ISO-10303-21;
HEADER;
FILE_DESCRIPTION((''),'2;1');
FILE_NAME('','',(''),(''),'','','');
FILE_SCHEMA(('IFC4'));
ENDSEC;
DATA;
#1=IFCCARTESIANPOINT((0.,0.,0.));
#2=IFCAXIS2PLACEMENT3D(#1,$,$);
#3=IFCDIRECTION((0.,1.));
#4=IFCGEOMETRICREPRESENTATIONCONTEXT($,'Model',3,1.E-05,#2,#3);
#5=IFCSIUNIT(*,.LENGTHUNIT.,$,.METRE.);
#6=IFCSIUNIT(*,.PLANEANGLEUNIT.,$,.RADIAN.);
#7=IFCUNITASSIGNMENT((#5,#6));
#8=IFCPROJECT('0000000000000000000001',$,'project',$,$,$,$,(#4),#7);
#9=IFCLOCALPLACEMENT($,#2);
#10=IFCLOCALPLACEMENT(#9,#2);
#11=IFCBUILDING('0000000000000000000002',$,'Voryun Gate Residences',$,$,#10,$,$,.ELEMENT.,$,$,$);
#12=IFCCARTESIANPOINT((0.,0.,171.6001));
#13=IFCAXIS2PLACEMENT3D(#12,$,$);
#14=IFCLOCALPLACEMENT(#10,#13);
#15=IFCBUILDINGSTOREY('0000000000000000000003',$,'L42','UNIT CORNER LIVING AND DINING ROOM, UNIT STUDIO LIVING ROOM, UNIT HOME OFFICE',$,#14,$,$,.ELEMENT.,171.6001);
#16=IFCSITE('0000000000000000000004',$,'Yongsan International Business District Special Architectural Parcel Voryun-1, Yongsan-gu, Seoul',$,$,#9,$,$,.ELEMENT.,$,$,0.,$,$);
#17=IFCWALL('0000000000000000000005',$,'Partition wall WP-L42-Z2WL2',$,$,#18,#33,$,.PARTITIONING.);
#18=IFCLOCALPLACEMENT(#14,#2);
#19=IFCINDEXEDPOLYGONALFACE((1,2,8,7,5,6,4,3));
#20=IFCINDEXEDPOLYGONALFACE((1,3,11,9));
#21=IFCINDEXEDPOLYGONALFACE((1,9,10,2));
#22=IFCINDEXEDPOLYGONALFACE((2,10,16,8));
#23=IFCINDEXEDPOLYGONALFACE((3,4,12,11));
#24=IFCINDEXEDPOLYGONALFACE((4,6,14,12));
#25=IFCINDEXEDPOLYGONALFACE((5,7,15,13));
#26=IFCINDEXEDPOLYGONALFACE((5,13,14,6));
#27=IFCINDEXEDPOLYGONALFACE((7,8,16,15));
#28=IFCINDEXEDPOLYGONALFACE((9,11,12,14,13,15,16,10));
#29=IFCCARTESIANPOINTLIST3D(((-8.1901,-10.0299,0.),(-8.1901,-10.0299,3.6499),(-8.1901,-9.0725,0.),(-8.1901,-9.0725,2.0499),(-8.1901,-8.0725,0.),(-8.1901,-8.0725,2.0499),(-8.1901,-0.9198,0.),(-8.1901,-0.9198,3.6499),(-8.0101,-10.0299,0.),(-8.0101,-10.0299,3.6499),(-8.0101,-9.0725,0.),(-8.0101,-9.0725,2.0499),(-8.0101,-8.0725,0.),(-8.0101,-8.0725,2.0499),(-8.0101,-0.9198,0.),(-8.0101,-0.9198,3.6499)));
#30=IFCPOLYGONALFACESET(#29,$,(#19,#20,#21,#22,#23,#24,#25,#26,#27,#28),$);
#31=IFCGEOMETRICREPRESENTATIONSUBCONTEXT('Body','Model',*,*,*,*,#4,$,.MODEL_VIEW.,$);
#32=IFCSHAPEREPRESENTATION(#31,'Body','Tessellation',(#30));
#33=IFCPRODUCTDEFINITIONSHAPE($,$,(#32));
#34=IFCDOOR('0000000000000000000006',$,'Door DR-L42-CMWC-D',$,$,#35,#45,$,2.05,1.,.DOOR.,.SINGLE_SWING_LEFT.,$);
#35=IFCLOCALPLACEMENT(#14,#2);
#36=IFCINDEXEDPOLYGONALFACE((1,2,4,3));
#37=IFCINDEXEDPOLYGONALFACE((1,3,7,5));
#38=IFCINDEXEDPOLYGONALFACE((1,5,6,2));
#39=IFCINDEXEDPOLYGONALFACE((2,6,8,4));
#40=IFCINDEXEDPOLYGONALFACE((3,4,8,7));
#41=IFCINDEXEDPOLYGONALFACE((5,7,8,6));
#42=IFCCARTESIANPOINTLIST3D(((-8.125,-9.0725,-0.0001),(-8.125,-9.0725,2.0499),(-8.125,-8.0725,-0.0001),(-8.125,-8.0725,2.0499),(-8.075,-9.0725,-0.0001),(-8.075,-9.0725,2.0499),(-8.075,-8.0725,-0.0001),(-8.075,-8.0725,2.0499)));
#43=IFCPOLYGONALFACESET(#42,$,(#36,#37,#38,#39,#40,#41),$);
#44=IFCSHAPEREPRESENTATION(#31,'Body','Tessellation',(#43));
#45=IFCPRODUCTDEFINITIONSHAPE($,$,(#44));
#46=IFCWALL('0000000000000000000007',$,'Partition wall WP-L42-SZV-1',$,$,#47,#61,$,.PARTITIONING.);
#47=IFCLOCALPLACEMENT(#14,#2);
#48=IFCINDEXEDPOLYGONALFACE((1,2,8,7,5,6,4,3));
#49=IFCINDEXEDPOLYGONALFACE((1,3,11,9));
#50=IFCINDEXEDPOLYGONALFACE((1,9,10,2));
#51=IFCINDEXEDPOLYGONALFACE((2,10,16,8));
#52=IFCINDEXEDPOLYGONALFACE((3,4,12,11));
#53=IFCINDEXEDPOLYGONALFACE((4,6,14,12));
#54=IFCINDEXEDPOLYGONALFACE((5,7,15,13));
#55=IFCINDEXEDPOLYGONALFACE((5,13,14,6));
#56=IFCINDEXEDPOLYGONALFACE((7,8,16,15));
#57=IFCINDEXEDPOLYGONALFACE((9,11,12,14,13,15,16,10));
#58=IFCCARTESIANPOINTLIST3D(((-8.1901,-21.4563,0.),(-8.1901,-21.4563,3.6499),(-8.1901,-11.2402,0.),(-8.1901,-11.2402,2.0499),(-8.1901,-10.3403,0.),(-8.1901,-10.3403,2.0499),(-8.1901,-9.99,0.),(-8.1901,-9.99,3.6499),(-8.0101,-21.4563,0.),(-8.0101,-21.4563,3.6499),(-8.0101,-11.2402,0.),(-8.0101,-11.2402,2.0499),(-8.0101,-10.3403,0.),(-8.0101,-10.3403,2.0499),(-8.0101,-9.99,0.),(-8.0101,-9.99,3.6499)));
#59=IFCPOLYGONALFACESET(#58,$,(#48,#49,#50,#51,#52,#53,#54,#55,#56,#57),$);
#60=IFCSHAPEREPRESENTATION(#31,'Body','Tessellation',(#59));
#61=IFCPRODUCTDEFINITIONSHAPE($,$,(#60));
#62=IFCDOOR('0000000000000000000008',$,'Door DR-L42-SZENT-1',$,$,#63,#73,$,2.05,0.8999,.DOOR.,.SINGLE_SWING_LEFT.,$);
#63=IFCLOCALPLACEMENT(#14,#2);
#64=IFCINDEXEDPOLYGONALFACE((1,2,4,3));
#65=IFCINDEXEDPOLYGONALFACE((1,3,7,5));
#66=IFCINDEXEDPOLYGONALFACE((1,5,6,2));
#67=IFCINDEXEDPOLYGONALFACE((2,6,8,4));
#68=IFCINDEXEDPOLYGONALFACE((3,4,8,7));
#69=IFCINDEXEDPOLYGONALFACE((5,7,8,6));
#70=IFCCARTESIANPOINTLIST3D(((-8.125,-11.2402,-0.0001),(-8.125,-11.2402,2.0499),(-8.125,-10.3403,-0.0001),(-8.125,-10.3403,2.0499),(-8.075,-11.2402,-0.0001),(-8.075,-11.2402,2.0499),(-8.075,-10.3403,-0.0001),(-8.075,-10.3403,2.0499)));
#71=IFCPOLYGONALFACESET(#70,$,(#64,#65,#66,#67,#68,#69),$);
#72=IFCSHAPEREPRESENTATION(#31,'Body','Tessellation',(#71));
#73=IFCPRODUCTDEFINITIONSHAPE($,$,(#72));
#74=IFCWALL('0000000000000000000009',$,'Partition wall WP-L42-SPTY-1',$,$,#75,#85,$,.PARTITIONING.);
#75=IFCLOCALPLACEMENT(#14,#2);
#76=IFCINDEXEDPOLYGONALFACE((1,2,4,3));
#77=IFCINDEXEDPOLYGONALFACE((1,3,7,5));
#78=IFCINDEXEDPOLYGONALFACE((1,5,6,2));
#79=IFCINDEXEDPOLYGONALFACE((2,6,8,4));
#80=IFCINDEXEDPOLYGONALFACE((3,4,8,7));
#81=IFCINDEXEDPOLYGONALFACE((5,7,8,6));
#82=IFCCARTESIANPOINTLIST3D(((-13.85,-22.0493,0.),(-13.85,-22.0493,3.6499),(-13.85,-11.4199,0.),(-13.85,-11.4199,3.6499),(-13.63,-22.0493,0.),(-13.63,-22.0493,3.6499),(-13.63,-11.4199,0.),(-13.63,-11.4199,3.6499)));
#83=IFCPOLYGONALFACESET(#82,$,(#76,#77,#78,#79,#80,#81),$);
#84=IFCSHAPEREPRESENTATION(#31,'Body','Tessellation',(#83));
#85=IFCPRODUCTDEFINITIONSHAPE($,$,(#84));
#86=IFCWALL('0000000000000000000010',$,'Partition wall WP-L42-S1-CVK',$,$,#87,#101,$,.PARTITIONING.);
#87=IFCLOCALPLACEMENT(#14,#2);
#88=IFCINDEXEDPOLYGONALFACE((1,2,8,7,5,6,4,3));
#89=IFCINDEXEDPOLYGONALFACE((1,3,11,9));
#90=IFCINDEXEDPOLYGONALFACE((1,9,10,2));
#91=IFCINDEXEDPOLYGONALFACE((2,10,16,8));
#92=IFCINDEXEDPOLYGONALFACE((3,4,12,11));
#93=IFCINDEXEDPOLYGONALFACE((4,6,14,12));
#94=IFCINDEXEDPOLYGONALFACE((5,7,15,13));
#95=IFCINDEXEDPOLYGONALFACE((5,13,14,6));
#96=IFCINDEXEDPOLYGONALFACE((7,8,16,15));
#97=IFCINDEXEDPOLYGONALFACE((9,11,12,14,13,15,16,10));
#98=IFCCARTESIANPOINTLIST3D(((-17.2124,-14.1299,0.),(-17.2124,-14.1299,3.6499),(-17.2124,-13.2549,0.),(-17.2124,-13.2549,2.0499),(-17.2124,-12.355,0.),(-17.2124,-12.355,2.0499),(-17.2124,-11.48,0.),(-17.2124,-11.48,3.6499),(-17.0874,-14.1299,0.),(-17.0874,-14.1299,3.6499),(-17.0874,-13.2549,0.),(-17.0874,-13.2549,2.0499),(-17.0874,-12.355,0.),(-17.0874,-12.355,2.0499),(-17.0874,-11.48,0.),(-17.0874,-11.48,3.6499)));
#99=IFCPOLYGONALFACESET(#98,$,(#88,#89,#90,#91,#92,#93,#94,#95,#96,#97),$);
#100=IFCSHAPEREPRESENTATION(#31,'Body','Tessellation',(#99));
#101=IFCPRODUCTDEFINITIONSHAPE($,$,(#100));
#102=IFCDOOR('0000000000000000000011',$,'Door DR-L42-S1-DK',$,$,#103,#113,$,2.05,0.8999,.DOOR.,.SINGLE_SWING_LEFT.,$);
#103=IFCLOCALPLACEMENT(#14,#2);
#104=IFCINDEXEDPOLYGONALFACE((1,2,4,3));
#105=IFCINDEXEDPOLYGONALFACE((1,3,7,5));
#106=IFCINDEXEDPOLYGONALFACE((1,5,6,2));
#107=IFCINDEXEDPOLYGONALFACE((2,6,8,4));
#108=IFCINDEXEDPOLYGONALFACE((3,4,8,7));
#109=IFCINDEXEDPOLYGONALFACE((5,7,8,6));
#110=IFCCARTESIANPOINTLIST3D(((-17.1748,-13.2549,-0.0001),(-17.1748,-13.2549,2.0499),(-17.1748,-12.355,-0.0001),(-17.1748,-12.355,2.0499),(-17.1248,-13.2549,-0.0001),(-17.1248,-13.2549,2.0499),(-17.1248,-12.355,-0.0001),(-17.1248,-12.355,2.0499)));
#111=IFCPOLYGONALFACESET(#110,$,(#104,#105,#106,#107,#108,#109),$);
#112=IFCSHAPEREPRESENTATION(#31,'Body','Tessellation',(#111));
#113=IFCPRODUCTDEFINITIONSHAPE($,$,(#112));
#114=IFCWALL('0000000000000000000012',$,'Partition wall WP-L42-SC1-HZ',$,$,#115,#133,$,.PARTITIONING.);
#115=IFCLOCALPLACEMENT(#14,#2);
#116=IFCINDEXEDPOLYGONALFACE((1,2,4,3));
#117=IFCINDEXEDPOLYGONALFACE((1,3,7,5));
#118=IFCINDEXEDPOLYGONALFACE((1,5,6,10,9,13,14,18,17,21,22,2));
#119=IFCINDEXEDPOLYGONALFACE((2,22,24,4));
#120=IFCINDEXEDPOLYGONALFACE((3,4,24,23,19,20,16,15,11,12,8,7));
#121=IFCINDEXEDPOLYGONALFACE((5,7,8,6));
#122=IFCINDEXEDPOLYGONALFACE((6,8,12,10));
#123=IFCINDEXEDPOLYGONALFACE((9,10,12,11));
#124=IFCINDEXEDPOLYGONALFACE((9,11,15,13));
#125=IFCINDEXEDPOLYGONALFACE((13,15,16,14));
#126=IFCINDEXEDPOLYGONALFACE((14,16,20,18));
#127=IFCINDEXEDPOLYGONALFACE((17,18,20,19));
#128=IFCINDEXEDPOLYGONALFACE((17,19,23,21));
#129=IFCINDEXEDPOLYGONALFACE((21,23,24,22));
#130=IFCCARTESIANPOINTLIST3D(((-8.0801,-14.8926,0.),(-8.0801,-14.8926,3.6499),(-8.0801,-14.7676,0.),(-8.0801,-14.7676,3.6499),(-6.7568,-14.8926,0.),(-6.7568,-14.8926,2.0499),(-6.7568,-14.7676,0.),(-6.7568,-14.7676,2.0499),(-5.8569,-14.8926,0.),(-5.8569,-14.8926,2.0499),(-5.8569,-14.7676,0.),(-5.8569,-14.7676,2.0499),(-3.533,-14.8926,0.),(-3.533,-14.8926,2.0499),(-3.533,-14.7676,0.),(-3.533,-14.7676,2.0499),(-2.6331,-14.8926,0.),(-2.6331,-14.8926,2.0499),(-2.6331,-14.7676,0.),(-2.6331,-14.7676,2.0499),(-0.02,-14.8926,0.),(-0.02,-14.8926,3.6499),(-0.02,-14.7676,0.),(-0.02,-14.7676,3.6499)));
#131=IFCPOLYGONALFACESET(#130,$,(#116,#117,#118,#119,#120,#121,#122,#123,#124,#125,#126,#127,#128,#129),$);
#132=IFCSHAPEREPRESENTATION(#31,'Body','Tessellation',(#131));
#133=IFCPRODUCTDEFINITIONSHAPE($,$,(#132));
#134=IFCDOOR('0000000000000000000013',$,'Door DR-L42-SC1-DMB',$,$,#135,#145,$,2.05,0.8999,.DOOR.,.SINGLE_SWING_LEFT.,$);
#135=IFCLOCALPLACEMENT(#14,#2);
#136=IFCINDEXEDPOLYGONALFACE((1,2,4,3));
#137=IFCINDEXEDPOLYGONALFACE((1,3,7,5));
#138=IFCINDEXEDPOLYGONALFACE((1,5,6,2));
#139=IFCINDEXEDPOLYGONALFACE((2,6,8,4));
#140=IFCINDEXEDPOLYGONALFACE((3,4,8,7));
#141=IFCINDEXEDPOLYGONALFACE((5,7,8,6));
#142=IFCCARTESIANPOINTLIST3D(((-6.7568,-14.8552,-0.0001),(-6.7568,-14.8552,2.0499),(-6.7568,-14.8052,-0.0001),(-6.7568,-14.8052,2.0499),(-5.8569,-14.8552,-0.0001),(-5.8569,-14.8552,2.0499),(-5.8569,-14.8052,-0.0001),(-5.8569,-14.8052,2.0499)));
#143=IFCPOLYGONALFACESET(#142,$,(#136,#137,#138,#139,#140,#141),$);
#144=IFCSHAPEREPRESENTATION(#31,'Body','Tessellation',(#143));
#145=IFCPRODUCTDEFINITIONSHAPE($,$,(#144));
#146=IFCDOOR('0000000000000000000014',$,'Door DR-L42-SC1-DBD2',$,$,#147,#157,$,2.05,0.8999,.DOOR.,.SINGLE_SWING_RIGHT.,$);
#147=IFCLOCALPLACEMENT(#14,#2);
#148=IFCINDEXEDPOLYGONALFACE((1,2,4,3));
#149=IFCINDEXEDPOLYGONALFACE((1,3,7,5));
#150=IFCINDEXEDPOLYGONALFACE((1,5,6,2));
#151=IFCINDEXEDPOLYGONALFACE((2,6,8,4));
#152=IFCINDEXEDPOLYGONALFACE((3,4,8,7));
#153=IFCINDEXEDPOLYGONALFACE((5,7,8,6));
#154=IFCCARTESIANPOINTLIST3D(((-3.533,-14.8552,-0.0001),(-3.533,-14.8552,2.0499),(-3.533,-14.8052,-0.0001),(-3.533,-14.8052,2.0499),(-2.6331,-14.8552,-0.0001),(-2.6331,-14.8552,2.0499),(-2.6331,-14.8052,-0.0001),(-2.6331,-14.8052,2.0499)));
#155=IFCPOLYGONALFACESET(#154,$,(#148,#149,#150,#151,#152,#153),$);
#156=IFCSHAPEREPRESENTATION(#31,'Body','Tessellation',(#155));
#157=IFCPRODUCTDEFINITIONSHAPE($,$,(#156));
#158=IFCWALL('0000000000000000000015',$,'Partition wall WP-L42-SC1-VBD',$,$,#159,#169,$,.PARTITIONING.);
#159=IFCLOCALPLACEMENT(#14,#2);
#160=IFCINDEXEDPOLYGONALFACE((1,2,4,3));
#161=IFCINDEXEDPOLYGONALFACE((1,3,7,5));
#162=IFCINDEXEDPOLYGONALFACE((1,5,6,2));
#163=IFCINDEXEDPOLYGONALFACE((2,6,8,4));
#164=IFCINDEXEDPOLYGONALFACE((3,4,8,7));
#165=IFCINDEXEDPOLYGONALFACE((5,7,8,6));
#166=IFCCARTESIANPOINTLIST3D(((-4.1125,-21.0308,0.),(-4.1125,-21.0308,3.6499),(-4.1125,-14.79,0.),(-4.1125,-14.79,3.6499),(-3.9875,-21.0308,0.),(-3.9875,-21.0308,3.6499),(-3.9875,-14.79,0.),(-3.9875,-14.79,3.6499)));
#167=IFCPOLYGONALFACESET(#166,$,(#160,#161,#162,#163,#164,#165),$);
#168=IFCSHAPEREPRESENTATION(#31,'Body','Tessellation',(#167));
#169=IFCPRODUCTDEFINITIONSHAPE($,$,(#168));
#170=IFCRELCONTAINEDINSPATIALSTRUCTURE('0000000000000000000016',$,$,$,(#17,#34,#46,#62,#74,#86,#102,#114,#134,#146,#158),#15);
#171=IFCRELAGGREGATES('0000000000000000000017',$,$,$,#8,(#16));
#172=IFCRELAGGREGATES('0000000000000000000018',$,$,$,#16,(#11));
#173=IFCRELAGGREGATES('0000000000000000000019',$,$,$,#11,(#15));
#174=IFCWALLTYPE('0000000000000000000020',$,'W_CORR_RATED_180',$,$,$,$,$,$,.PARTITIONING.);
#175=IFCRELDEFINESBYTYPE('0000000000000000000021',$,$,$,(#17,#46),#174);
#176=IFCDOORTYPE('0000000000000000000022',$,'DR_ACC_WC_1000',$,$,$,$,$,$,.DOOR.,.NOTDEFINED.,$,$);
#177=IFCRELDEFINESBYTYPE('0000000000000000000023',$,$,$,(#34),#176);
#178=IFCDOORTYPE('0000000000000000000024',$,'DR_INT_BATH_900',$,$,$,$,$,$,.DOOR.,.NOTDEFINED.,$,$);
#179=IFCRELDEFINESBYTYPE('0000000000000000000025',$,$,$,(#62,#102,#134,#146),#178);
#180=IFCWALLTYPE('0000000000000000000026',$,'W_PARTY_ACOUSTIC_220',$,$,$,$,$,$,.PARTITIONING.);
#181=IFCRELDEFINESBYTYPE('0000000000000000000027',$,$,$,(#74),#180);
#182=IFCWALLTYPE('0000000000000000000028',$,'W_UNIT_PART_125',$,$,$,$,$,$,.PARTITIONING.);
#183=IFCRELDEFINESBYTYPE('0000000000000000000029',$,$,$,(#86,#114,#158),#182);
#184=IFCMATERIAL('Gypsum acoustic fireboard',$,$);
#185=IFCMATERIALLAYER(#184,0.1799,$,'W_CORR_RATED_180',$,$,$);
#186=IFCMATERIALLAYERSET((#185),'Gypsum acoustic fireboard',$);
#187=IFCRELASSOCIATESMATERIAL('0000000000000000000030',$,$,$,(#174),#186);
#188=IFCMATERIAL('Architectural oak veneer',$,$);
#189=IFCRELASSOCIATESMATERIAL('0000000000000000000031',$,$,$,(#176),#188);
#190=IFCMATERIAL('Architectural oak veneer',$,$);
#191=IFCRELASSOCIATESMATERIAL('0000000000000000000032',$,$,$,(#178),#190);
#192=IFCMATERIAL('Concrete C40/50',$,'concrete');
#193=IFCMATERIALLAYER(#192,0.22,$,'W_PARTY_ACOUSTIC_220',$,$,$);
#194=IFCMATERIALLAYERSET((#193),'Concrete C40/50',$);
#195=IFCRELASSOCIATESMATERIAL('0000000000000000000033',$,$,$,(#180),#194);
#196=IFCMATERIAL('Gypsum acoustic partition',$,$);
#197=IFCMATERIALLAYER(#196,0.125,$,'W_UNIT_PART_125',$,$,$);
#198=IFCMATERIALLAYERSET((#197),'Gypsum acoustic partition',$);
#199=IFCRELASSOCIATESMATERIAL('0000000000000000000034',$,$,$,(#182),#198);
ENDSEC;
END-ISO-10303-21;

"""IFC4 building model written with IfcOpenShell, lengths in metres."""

from ifc_helpers import new_model, si_unit, direction, frame, frame_2d, origin, place, context, subcontext, project, spatial, rectangle, extrude, material, layer, layer_set, type_object, element, fill, save


model = new_model("IFC4")

# Units and contexts
model_context = context("Model", 3, precision=1e-05, world=origin(), true_north=direction((0.0, 1.0)))
body_context = subcontext(model_context, "Body", "Model", "MODEL_VIEW")
ifc_project = project(units=[si_unit("LENGTHUNIT", "METRE"), si_unit("PLANEANGLEUNIT", "RADIAN")], contexts=[model_context])

# Site, building, storey
site_placement = place(None, origin())
site = spatial("IfcSite", under=ifc_project, at=site_placement, Name="Yongsan International Business District Special Architectural Parcel Voryun-1, Yongsan-gu, Seoul", CompositionType="ELEMENT", RefElevation=0.0)
building_placement = place(site_placement, origin())
building = spatial("IfcBuilding", under=site, at=building_placement, Name="Voryun Gate Residences", CompositionType="ELEMENT")
storey_placement = place(building_placement, frame((0.0, 0.0, 171.6001)))
storey = spatial("IfcBuildingStorey", under=building, at=storey_placement, Name="L42", Description="UNIT CORNER LIVING AND DINING ROOM, UNIT STUDIO LIVING ROOM, UNIT HOME OFFICE", CompositionType="ELEMENT", Elevation=171.6001)

# Shared definitions
ifc_material_1 = material(Name="Gypsum acoustic fireboard")
ifc_layer_1 = layer(ifc_material_1, 0.1799, Name="W_CORR_RATED_180")
ifc_layer_set_1 = layer_set([ifc_layer_1], Name="Gypsum acoustic fireboard")
wall_type_1 = type_object("IfcWallType", Name="W_CORR_RATED_180", PredefinedType="PARTITIONING", material=ifc_layer_set_1)

# Walls, openings, doors
wall_1_placement = place(storey_placement, frame((-8.1001, -10.03, 0.0), z_axis=(0.0, 0.0, 1.0), x_axis=(0.0, 1.0, 0.0)))
wall_1 = element("IfcWall", 1, at=wall_1_placement, inside=storey, type_object=wall_type_1, Name="Partition wall WP-L42-Z2WL2", PredefinedType="PARTITIONING", context=body_context, shape_type="SweptSolid", body=[
    extrude(rectangle(XDim=9.1101, YDim=0.1799, at=frame_2d((4.5552, 0.0))), origin(), (0.0, 0.0, 1.0), 3.6499),
])
opening_1_placement = place(wall_1_placement, frame((0.9575, 0.0, 0.0)))
opening_1 = element("IfcOpeningElement", 2, at=opening_1_placement, cuts=wall_1, PredefinedType="OPENING", context=body_context, shape_type="SweptSolid", body=[
    extrude(rectangle(XDim=1.0, YDim=2.05, at=frame_2d((0.5, 1.0249))), frame((0.0, 0.0999, 0.0), z_axis=(0.0, -1.0, 0.0), x_axis=(1.0, 0.0, 0.0)), (0.0, 0.0, 1.0), 0.2),
])
ifc_material_2 = material(Name="Architectural oak veneer")
door_type_1 = type_object("IfcDoorType", Name="DR_ACC_WC_1000", OperationType="NOTDEFINED", PredefinedType="DOOR", material=ifc_material_2)
door_1_placement = place(opening_1_placement, origin())
door_1 = element("IfcDoor", 3, at=door_1_placement, inside=storey, type_object=door_type_1, Name="Door DR-L42-CMWC-D", OperationType="SINGLE_SWING_LEFT", OverallHeight=2.05, OverallWidth=1.0, PredefinedType="DOOR", context=body_context, shape_type="SweptSolid", body=[
    extrude(rectangle(XDim=1.0, YDim=2.05, at=frame_2d((0.5, 1.0249))), frame((0.0, 0.0249, 0.0), z_axis=(0.0, -1.0, 0.0), x_axis=(1.0, 0.0, 0.0)), (0.0, 0.0, 1.0), 0.05),
])
fill(opening_1, door_1)
wall_2_placement = place(storey_placement, frame((-8.1001, -21.4563, 0.0), z_axis=(0.0, 0.0, 1.0), x_axis=(0.0, 1.0, 0.0)))
wall_2 = element("IfcWall", 4, at=wall_2_placement, inside=storey, type_object=wall_type_1, Name="Partition wall WP-L42-SZV-1", PredefinedType="PARTITIONING", context=body_context, shape_type="SweptSolid", body=[
    extrude(rectangle(XDim=11.4663, YDim=0.1799, at=frame_2d((5.7332, 0.0))), origin(), (0.0, 0.0, 1.0), 3.6499),
])
opening_2_placement = place(wall_2_placement, frame((10.2161, 0.0, 0.0)))
opening_2 = element("IfcOpeningElement", 5, at=opening_2_placement, cuts=wall_2, PredefinedType="OPENING", context=body_context, shape_type="SweptSolid", body=[
    extrude(rectangle(XDim=0.8999, YDim=2.05, at=frame_2d((0.45, 1.0249))), frame((0.0, 0.0999, 0.0), z_axis=(0.0, -1.0, 0.0), x_axis=(1.0, 0.0, 0.0)), (0.0, 0.0, 1.0), 0.2),
])
ifc_material_3 = material(Name="Architectural oak veneer")
door_type_2 = type_object("IfcDoorType", Name="DR_INT_BATH_900", OperationType="NOTDEFINED", PredefinedType="DOOR", material=ifc_material_3)
door_2_placement = place(opening_2_placement, origin())
door_2 = element("IfcDoor", 6, at=door_2_placement, inside=storey, type_object=door_type_2, Name="Door DR-L42-SZENT-1", OperationType="SINGLE_SWING_LEFT", OverallHeight=2.05, OverallWidth=0.8999, PredefinedType="DOOR", context=body_context, shape_type="SweptSolid", body=[
    extrude(rectangle(XDim=0.8999, YDim=2.05, at=frame_2d((0.45, 1.0249))), frame((0.0, 0.0249, 0.0), z_axis=(0.0, -1.0, 0.0), x_axis=(1.0, 0.0, 0.0)), (0.0, 0.0, 1.0), 0.05),
])
fill(opening_2, door_2)

# Wall
ifc_material_4 = material(Name="Concrete C40/50", Category="concrete")
ifc_layer_2 = layer(ifc_material_4, 0.22, Name="W_PARTY_ACOUSTIC_220")
ifc_layer_set_2 = layer_set([ifc_layer_2], Name="Concrete C40/50")
wall_type_2 = type_object("IfcWallType", Name="W_PARTY_ACOUSTIC_220", PredefinedType="PARTITIONING", material=ifc_layer_set_2)
wall_3_placement = place(storey_placement, frame((-13.74, -22.0493, 0.0), z_axis=(0.0, 0.0, 1.0), x_axis=(0.0, 1.0, 0.0)))
element("IfcWall", 7, at=wall_3_placement, inside=storey, type_object=wall_type_2, Name="Partition wall WP-L42-SPTY-1", PredefinedType="PARTITIONING", context=body_context, shape_type="SweptSolid", body=[
    extrude(rectangle(XDim=10.6294, YDim=0.22, at=frame_2d((5.3147, 0.0))), origin(), (0.0, 0.0, 1.0), 3.6499),
])

# Wall, opening, door
ifc_material_5 = material(Name="Gypsum acoustic partition")
ifc_layer_3 = layer(ifc_material_5, 0.125, Name="W_UNIT_PART_125")
ifc_layer_set_3 = layer_set([ifc_layer_3], Name="Gypsum acoustic partition")
wall_type_3 = type_object("IfcWallType", Name="W_UNIT_PART_125", PredefinedType="PARTITIONING", material=ifc_layer_set_3)
wall_4_placement = place(storey_placement, frame((-17.1499, -14.1299, 0.0), z_axis=(0.0, 0.0, 1.0), x_axis=(0.0, 1.0, 0.0)))
wall_4 = element("IfcWall", 8, at=wall_4_placement, inside=storey, type_object=wall_type_3, Name="Partition wall WP-L42-S1-CVK", PredefinedType="PARTITIONING", context=body_context, shape_type="SweptSolid", body=[
    extrude(rectangle(XDim=2.6499, YDim=0.125, at=frame_2d((1.325, 0.0))), origin(), (0.0, 0.0, 1.0), 3.6499),
])
opening_3_placement = place(wall_4_placement, frame((0.875, 0.0, 0.0)))
opening_3 = element("IfcOpeningElement", 9, at=opening_3_placement, cuts=wall_4, PredefinedType="OPENING", context=body_context, shape_type="SweptSolid", body=[
    extrude(rectangle(XDim=0.8999, YDim=2.05, at=frame_2d((0.45, 1.0249))), frame((0.0, 0.0725, 0.0), z_axis=(0.0, -1.0, 0.0), x_axis=(1.0, 0.0, 0.0)), (0.0, 0.0, 1.0), 0.145),
])
door_3_placement = place(opening_3_placement, origin())
door_3 = element("IfcDoor", 10, at=door_3_placement, inside=storey, type_object=door_type_2, Name="Door DR-L42-S1-DK", OperationType="SINGLE_SWING_LEFT", OverallHeight=2.05, OverallWidth=0.8999, PredefinedType="DOOR", context=body_context, shape_type="SweptSolid", body=[
    extrude(rectangle(XDim=0.8999, YDim=2.05, at=frame_2d((0.45, 1.0249))), frame((0.0, 0.0249, 0.0), z_axis=(0.0, -1.0, 0.0), x_axis=(1.0, 0.0, 0.0)), (0.0, 0.0, 1.0), 0.05),
])
fill(opening_3, door_3)

# Wall, openings, doors
wall_5_placement = place(storey_placement, frame((-8.0801, -14.8301, 0.0), z_axis=(0.0, 0.0, 1.0), x_axis=(1.0, 0.0, 0.0)))
wall_5 = element("IfcWall", 11, at=wall_5_placement, inside=storey, type_object=wall_type_3, Name="Partition wall WP-L42-SC1-HZ", PredefinedType="PARTITIONING", context=body_context, shape_type="SweptSolid", body=[
    extrude(rectangle(XDim=8.0601, YDim=0.125, at=frame_2d((4.03, 0.0))), origin(), (0.0, 0.0, 1.0), 3.6499),
])
opening_4_placement = place(wall_5_placement, frame((1.3232, 0.0, 0.0)))
opening_4 = element("IfcOpeningElement", 12, at=opening_4_placement, cuts=wall_5, PredefinedType="OPENING", context=body_context, shape_type="SweptSolid", body=[
    extrude(rectangle(XDim=0.8999, YDim=2.05, at=frame_2d((0.45, 1.0249))), frame((0.0, 0.0725, 0.0), z_axis=(0.0, -1.0, 0.0), x_axis=(1.0, 0.0, 0.0)), (0.0, 0.0, 1.0), 0.145),
])
opening_5_placement = place(wall_5_placement, frame((4.5471, 0.0, 0.0)))
opening_5 = element("IfcOpeningElement", 13, at=opening_5_placement, cuts=wall_5, PredefinedType="OPENING", context=body_context, shape_type="SweptSolid", body=[
    extrude(rectangle(XDim=0.8999, YDim=2.05, at=frame_2d((0.45, 1.0249))), frame((0.0, 0.0725, 0.0), z_axis=(0.0, -1.0, 0.0), x_axis=(1.0, 0.0, 0.0)), (0.0, 0.0, 1.0), 0.145),
])
door_4_placement = place(opening_4_placement, origin())
door_4 = element("IfcDoor", 14, at=door_4_placement, inside=storey, type_object=door_type_2, Name="Door DR-L42-SC1-DMB", OperationType="SINGLE_SWING_LEFT", OverallHeight=2.05, OverallWidth=0.8999, PredefinedType="DOOR", context=body_context, shape_type="SweptSolid", body=[
    extrude(rectangle(XDim=0.8999, YDim=2.05, at=frame_2d((0.45, 1.0249))), frame((0.0, 0.0249, 0.0), z_axis=(0.0, -1.0, 0.0), x_axis=(1.0, 0.0, 0.0)), (0.0, 0.0, 1.0), 0.05),
])
fill(opening_4, door_4)
door_5_placement = place(opening_5_placement, origin())
door_5 = element("IfcDoor", 15, at=door_5_placement, inside=storey, type_object=door_type_2, Name="Door DR-L42-SC1-DBD2", OperationType="SINGLE_SWING_RIGHT", OverallHeight=2.05, OverallWidth=0.8999, PredefinedType="DOOR", context=body_context, shape_type="SweptSolid", body=[
    extrude(rectangle(XDim=0.8999, YDim=2.05, at=frame_2d((0.45, 1.0249))), frame((0.0, 0.0249, 0.0), z_axis=(0.0, -1.0, 0.0), x_axis=(1.0, 0.0, 0.0)), (0.0, 0.0, 1.0), 0.05),
])
fill(opening_5, door_5)

# Wall
wall_6_placement = place(storey_placement, frame((-4.05, -21.0308, 0.0), z_axis=(0.0, 0.0, 1.0), x_axis=(0.0, 1.0, 0.0)))
element("IfcWall", 16, at=wall_6_placement, inside=storey, type_object=wall_type_3, Name="Partition wall WP-L42-SC1-VBD", PredefinedType="PARTITIONING", context=body_context, shape_type="SweptSolid", body=[
    extrude(rectangle(XDim=6.2407, YDim=0.125, at=frame_2d((3.1204, 0.0))), origin(), (0.0, 0.0, 1.0), 3.6499),
])

save(model, "model.ifc")
